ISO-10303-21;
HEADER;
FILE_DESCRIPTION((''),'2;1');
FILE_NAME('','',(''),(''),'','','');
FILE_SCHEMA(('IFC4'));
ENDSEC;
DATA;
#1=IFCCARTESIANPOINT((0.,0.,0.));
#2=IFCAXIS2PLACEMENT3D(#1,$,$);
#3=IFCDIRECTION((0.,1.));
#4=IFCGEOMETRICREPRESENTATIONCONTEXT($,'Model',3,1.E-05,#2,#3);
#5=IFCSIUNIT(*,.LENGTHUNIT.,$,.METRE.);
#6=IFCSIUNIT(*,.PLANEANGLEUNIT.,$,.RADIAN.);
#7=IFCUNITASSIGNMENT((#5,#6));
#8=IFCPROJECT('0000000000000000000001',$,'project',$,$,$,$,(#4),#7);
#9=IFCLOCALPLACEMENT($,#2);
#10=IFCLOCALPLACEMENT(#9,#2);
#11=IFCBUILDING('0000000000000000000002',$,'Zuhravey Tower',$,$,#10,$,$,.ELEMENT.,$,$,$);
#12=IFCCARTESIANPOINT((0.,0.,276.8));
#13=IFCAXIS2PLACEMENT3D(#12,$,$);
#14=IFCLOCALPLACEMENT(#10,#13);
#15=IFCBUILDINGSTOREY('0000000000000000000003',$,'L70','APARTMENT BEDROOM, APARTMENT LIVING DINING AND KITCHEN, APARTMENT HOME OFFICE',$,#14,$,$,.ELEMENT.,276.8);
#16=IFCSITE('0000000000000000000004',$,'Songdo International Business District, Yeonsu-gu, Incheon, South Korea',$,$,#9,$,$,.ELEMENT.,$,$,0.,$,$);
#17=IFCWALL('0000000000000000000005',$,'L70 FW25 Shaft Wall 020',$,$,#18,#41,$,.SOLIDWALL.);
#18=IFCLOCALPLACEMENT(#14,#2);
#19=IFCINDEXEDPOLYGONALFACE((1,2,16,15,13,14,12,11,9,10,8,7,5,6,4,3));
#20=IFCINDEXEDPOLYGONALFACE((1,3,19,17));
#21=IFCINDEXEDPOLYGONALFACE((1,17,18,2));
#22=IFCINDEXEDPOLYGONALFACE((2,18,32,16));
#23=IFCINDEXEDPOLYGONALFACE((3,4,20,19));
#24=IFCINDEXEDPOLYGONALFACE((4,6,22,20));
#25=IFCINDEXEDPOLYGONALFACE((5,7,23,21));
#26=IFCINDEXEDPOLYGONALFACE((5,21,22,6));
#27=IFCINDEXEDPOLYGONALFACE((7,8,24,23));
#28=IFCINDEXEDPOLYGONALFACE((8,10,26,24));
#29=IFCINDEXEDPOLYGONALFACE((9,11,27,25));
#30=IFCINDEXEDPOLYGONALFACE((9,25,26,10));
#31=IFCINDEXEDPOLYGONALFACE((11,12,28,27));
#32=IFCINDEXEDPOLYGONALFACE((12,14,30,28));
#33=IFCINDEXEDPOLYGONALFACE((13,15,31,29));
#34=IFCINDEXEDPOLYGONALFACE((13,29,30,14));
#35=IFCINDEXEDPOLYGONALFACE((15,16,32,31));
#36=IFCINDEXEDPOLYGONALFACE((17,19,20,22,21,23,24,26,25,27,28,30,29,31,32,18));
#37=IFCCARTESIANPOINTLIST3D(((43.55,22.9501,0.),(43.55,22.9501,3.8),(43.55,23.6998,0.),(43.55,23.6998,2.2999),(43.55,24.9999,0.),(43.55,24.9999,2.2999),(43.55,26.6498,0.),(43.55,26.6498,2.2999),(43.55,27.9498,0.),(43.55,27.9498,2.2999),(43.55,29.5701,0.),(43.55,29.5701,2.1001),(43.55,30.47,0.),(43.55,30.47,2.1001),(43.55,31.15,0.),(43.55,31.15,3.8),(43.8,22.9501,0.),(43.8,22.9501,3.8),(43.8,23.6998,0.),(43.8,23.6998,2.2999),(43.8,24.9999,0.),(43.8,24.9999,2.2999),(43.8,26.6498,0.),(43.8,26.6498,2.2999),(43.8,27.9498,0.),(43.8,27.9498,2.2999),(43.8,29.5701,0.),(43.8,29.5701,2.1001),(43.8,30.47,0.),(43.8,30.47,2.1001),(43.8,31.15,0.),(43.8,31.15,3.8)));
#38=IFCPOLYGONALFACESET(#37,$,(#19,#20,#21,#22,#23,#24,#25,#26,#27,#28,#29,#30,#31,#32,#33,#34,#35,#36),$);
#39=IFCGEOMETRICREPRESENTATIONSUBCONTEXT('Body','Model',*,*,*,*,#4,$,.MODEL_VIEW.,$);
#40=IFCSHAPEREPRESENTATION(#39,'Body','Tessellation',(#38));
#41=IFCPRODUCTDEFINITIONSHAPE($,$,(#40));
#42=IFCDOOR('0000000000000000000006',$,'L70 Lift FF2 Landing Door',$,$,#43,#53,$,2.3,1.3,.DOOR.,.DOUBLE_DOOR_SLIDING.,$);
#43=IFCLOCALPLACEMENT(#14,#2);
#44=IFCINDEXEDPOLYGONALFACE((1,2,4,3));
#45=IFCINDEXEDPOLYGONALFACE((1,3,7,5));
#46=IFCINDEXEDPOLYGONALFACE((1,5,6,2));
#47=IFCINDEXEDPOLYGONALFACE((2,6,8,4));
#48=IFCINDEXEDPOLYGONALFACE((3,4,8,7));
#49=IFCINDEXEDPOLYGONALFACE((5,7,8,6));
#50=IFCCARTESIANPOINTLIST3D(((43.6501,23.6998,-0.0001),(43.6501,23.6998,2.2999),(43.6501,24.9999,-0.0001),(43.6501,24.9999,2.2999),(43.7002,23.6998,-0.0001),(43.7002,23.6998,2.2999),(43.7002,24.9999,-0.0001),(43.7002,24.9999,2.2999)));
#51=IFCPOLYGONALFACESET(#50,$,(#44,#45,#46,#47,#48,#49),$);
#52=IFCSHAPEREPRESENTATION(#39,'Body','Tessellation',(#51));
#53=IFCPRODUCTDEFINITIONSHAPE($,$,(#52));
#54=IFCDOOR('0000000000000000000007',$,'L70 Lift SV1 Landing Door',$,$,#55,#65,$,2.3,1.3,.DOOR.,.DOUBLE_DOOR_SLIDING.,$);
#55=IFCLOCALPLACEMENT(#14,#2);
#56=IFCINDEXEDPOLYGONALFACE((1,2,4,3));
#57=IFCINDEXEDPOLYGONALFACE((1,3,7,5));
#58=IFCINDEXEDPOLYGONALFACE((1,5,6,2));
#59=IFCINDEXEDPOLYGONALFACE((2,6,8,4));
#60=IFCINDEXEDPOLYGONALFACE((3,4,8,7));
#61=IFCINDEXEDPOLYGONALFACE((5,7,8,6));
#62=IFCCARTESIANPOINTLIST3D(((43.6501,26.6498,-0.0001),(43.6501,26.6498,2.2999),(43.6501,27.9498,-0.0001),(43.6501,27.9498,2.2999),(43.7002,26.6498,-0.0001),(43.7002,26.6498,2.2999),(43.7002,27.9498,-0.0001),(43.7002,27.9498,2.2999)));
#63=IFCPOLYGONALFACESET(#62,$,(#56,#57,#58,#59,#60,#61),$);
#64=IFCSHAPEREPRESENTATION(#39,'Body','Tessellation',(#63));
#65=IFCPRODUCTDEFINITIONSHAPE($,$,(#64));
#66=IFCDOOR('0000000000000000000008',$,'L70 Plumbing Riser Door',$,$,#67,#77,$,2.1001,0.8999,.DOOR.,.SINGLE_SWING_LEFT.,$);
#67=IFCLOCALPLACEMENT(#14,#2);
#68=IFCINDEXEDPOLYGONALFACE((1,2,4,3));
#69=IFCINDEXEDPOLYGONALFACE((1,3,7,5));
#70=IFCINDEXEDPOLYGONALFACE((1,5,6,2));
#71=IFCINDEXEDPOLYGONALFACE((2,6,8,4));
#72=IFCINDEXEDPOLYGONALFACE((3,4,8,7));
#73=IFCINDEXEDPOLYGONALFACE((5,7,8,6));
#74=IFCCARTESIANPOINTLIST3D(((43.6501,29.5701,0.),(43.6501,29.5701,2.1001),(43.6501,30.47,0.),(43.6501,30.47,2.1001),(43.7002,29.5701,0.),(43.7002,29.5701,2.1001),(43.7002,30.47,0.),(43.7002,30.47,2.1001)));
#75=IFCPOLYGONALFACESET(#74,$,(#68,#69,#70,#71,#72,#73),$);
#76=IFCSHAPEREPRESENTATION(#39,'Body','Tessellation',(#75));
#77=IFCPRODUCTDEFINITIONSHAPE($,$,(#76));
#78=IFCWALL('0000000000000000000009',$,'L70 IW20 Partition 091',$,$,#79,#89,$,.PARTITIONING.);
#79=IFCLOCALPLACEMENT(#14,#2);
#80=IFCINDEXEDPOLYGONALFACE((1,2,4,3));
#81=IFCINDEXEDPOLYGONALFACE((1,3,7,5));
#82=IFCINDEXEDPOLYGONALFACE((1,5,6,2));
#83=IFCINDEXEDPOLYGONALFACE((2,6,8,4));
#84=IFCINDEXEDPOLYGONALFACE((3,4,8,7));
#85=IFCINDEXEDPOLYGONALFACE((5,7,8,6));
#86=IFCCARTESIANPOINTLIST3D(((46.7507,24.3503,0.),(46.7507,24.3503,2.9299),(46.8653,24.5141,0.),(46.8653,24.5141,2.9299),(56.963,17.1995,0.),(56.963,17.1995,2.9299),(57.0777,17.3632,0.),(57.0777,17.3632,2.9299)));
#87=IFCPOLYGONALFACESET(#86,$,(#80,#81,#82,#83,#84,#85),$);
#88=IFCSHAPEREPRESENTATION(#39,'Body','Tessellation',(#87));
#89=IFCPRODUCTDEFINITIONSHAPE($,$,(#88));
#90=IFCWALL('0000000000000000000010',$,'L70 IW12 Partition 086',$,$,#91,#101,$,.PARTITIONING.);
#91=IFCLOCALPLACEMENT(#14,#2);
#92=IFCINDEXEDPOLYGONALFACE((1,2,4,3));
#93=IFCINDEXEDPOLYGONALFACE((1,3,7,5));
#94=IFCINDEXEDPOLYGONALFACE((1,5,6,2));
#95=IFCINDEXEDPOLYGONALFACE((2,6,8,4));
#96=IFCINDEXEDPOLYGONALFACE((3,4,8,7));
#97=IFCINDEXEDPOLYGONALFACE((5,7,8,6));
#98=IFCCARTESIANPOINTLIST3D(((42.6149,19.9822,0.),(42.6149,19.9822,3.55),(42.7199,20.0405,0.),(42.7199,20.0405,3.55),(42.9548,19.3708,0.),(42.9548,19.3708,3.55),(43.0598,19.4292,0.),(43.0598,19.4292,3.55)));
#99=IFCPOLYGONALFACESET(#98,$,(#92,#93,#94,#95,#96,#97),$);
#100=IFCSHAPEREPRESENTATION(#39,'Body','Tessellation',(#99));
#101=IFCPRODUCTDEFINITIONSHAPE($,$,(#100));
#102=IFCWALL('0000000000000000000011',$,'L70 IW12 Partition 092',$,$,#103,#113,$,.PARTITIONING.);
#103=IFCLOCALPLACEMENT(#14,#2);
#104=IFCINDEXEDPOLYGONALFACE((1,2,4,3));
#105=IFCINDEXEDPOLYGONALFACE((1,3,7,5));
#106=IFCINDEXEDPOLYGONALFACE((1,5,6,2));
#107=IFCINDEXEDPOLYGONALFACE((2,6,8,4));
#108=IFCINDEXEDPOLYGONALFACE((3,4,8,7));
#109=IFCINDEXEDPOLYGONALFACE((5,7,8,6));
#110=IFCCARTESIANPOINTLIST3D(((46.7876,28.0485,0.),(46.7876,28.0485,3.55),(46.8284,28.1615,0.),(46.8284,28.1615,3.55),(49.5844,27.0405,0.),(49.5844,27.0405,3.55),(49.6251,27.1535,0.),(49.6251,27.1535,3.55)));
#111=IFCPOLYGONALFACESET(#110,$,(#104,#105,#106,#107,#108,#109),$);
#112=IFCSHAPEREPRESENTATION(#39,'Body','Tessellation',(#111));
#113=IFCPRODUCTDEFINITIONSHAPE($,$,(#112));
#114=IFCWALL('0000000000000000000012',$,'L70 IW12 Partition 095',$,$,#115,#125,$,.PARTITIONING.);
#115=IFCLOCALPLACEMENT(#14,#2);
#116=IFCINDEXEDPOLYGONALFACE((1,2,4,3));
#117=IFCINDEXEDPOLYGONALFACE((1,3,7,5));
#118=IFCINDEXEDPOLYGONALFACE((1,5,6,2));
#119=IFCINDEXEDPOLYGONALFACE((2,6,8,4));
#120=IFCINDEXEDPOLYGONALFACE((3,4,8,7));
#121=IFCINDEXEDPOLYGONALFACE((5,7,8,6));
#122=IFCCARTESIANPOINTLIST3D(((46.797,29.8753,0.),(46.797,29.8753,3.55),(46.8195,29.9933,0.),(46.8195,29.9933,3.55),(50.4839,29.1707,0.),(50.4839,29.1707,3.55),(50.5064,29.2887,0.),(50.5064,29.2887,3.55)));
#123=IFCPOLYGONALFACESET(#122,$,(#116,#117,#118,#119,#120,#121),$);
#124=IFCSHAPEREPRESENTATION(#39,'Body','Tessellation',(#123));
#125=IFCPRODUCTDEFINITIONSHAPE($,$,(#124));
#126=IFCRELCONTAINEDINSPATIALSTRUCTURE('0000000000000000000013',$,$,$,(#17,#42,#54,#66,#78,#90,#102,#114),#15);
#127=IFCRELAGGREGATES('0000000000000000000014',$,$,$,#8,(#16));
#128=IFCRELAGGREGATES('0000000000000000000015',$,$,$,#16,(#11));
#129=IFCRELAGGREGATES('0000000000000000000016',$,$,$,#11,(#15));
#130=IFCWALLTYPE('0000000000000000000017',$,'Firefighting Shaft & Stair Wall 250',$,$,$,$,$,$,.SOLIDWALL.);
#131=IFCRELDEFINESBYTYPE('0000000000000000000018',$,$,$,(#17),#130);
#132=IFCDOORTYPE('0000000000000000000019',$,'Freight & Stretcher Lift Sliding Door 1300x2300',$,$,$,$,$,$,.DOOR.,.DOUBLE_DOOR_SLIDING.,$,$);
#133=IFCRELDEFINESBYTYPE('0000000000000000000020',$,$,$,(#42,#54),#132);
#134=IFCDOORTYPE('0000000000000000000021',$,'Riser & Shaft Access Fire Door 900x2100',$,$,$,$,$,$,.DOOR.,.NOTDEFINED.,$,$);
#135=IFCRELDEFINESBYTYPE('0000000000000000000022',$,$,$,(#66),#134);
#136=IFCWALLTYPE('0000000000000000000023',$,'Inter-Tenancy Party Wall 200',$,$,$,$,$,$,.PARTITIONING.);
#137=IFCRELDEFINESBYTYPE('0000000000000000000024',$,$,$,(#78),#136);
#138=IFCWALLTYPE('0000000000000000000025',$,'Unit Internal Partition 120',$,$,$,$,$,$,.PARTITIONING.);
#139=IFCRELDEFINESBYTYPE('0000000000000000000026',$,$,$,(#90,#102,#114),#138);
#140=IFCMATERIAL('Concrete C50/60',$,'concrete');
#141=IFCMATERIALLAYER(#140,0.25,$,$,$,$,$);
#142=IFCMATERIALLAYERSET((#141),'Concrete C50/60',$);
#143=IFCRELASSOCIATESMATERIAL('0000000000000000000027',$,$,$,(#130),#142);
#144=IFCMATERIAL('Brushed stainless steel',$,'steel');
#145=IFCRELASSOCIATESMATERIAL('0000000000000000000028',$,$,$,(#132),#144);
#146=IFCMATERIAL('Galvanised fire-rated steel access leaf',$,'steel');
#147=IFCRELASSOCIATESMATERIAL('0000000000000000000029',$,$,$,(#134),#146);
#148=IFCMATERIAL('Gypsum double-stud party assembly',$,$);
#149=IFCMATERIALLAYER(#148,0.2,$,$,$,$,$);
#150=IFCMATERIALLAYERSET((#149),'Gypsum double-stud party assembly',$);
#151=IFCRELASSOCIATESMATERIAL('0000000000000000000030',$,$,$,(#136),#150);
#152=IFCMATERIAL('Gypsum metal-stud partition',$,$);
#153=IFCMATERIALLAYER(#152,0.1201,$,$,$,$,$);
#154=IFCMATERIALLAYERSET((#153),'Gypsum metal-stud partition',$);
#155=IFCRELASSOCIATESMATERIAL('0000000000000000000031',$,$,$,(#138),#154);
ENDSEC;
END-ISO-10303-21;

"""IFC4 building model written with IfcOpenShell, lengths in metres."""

from ifc_helpers import new_model, si_unit, direction, frame, frame_2d, origin, place, context, subcontext, project, spatial, rectangle, extrude, material, layer, layer_set, type_object, element, fill, save


model = new_model("IFC4")

# Units and contexts
model_context = context("Model", 3, precision=1e-05, world=origin(), true_north=direction((0.0, 1.0)))
body_context = subcontext(model_context, "Body", "Model", "MODEL_VIEW")
ifc_project = project(units=[si_unit("LENGTHUNIT", "METRE"), si_unit("PLANEANGLEUNIT", "RADIAN")], contexts=[model_context])

# Site, building, storey
site_placement = place(None, origin())
site = spatial("IfcSite", under=ifc_project, at=site_placement, Name="Songdo International Business District, Yeonsu-gu, Incheon, South Korea", CompositionType="ELEMENT", RefElevation=0.0)
building_placement = place(site_placement, origin())
building = spatial("IfcBuilding", under=site, at=building_placement, Name="Zuhravey Tower", CompositionType="ELEMENT")
storey_placement = place(building_placement, frame((0.0, 0.0, 276.8)))
storey = spatial("IfcBuildingStorey", under=building, at=storey_placement, Name="L70", Description="APARTMENT BEDROOM, APARTMENT LIVING DINING AND KITCHEN, APARTMENT HOME OFFICE", CompositionType="ELEMENT", Elevation=276.8)

# Shared definitions
ifc_material_1 = material(Name="Concrete C50/60", Category="concrete")

# Shared definitions
ifc_layer_1 = layer(ifc_material_1, 0.25)
ifc_layer_set_1 = layer_set([ifc_layer_1], Name="Concrete C50/60")
wall_type_1 = type_object("IfcWallType", Name="Firefighting Shaft & Stair Wall 250", PredefinedType="SOLIDWALL", material=ifc_layer_set_1)

# Wall, openings, doors
wall_1_placement = place(storey_placement, frame((43.675, 22.95, 0.0), z_axis=(0.0, 0.0, 1.0), x_axis=(0.0, 1.0, 0.0)))
wall_1 = element("IfcWall", 1, at=wall_1_placement, inside=storey, type_object=wall_type_1, Name="L70 FW25 Shaft Wall 020", PredefinedType="SOLIDWALL", context=body_context, shape_type="SweptSolid", body=[
    extrude(rectangle(XDim=8.2, YDim=0.25, at=frame_2d((4.1001, 0.0))), origin(), (0.0, 0.0, 1.0), 3.8),
])
opening_1_placement = place(wall_1_placement, frame((0.75, 0.0, 0.0)))
opening_1 = element("IfcOpeningElement", 2, at=opening_1_placement, cuts=wall_1, PredefinedType="OPENING", context=body_context, shape_type="SweptSolid", body=[
    extrude(rectangle(XDim=1.3, YDim=2.3, at=frame_2d((0.6499, 1.1499))), frame((0.0, 0.137, 0.0), z_axis=(0.0, -1.0, 0.0), x_axis=(1.0, 0.0, 0.0)), (0.0, 0.0, 1.0), 0.2739),
])
opening_2_placement = place(wall_1_placement, frame((3.7, 0.0, 0.0)))
opening_2 = element("IfcOpeningElement", 3, at=opening_2_placement, cuts=wall_1, PredefinedType="OPENING", context=body_context, shape_type="SweptSolid", body=[
    extrude(rectangle(XDim=1.3, YDim=2.3, at=frame_2d((0.6499, 1.1499))), frame((0.0, 0.137, 0.0), z_axis=(0.0, -1.0, 0.0), x_axis=(1.0, 0.0, 0.0)), (0.0, 0.0, 1.0), 0.2739),
])
opening_3_placement = place(wall_1_placement, frame((6.6201, 0.0, 0.0)))
opening_3 = element("IfcOpeningElement", 4, at=opening_3_placement, cuts=wall_1, PredefinedType="OPENING", context=body_context, shape_type="SweptSolid", body=[
    extrude(rectangle(XDim=0.8999, YDim=2.1001, at=frame_2d((0.45, 1.05))), frame((0.0, 0.137, 0.0), z_axis=(0.0, -1.0, 0.0), x_axis=(1.0, 0.0, 0.0)), (0.0, 0.0, 1.0), 0.2739),
])
ifc_material_2 = material(Name="Brushed stainless steel", Category="steel")
door_type_1 = type_object("IfcDoorType", Name="Freight & Stretcher Lift Sliding Door 1300x2300", OperationType="DOUBLE_DOOR_SLIDING", PredefinedType="DOOR", material=ifc_material_2)
door_1_placement = place(opening_1_placement, origin())
door_1 = element("IfcDoor", 5, at=door_1_placement, inside=storey, type_object=door_type_1, Name="L70 Lift FF2 Landing Door", OperationType="DOUBLE_DOOR_SLIDING", OverallHeight=2.3, OverallWidth=1.3, PredefinedType="DOOR", context=body_context, shape_type="SweptSolid", body=[
    extrude(rectangle(XDim=1.3, YDim=2.3, at=frame_2d((0.6499, 1.1499))), frame((0.0, 0.0249, 0.0), z_axis=(0.0, -1.0, 0.0), x_axis=(1.0, 0.0, 0.0)), (0.0, 0.0, 1.0), 0.05),
])
fill(opening_1, door_1)
door_2_placement = place(opening_2_placement, origin())
door_2 = element("IfcDoor", 6, at=door_2_placement, inside=storey, type_object=door_type_1, Name="L70 Lift SV1 Landing Door", OperationType="DOUBLE_DOOR_SLIDING", OverallHeight=2.3, OverallWidth=1.3, PredefinedType="DOOR", context=body_context, shape_type="SweptSolid", body=[
    extrude(rectangle(XDim=1.3, YDim=2.3, at=frame_2d((0.6499, 1.1499))), frame((0.0, 0.0249, 0.0), z_axis=(0.0, -1.0, 0.0), x_axis=(1.0, 0.0, 0.0)), (0.0, 0.0, 1.0), 0.05),
])
fill(opening_2, door_2)
ifc_material_3 = material(Name="Galvanised fire-rated steel access leaf", Category="steel")
door_type_2 = type_object("IfcDoorType", Name="Riser & Shaft Access Fire Door 900x2100", OperationType="NOTDEFINED", PredefinedType="DOOR", material=ifc_material_3)
door_3_placement = place(opening_3_placement, origin())
door_3 = element("IfcDoor", 7, at=door_3_placement, inside=storey, type_object=door_type_2, Name="L70 Plumbing Riser Door", OperationType="SINGLE_SWING_LEFT", OverallHeight=2.1001, OverallWidth=0.8999, PredefinedType="DOOR", context=body_context, shape_type="SweptSolid", body=[
    extrude(rectangle(XDim=0.8999, YDim=2.1001, at=frame_2d((0.45, 1.05))), frame((0.0, 0.0249, 0.0), z_axis=(0.0, -1.0, 0.0), x_axis=(1.0, 0.0, 0.0)), (0.0, 0.0, 1.0), 0.05),
])
fill(opening_3, door_3)

# Walls
ifc_material_4 = material(Name="Gypsum double-stud party assembly")
ifc_layer_2 = layer(ifc_material_4, 0.2)
ifc_layer_set_2 = layer_set([ifc_layer_2], Name="Gypsum double-stud party assembly")
wall_type_2 = type_object("IfcWallType", Name="Inter-Tenancy Party Wall 200", PredefinedType="PARTITIONING", material=ifc_layer_set_2)
wall_2_placement = place(storey_placement, frame((46.8081, 24.4321, 0.0), z_axis=(0.0, 0.0, 1.0), x_axis=(0.819149, -0.573581, 0.0)))
element("IfcWall", 8, at=wall_2_placement, inside=storey, type_object=wall_type_2, Name="L70 IW20 Partition 091", PredefinedType="PARTITIONING", context=body_context, shape_type="SweptSolid", body=[
    extrude(rectangle(XDim=12.467, YDim=0.2, at=frame_2d((6.2334, 0.0))), origin(), (0.0, 0.0, 1.0), 2.9299),
])
ifc_material_5 = material(Name="Gypsum metal-stud partition")
ifc_layer_3 = layer(ifc_material_5, 0.1201)
ifc_layer_set_3 = layer_set([ifc_layer_3], Name="Gypsum metal-stud partition")
wall_type_3 = type_object("IfcWallType", Name="Unit Internal Partition 120", PredefinedType="PARTITIONING", material=ifc_layer_set_3)
wall_3_placement = place(storey_placement, frame((42.6675, 20.0112, 0.0), z_axis=(0.0, 0.0, 1.0), x_axis=(0.48588, -0.874026, 0.0)))
element("IfcWall", 9, at=wall_3_placement, inside=storey, type_object=wall_type_3, Name="L70 IW12 Partition 086", PredefinedType="PARTITIONING", context=body_context, shape_type="SweptSolid", body=[
    extrude(rectangle(XDim=0.6995, YDim=0.1201, at=frame_2d((0.3496, 0.0))), origin(), (0.0, 0.0, 1.0), 3.55),
])
wall_4_placement = place(storey_placement, frame((46.8081, 28.105, 0.0), z_axis=(0.0, 0.0, 1.0), x_axis=(0.940761, -0.339071, 0.0)))
element("IfcWall", 10, at=wall_4_placement, inside=storey, type_object=wall_type_3, Name="L70 IW12 Partition 092", PredefinedType="PARTITIONING", context=body_context, shape_type="SweptSolid", body=[
    extrude(rectangle(XDim=2.9729, YDim=0.1201, at=frame_2d((1.4863, 0.0))), origin(), (0.0, 0.0, 1.0), 3.55),
])
wall_5_placement = place(storey_placement, frame((46.8081, 29.9343, 0.0), z_axis=(0.0, 0.0, 1.0), x_axis=(0.982226, -0.187704, 0.0)))
element("IfcWall", 11, at=wall_5_placement, inside=storey, type_object=wall_type_3, Name="L70 IW12 Partition 095", PredefinedType="PARTITIONING", context=body_context, shape_type="SweptSolid", body=[
    extrude(rectangle(XDim=3.7537, YDim=0.1201, at=frame_2d((1.877, 0.0))), origin(), (0.0, 0.0, 1.0), 3.55),
])

save(model, "model.ifc")
